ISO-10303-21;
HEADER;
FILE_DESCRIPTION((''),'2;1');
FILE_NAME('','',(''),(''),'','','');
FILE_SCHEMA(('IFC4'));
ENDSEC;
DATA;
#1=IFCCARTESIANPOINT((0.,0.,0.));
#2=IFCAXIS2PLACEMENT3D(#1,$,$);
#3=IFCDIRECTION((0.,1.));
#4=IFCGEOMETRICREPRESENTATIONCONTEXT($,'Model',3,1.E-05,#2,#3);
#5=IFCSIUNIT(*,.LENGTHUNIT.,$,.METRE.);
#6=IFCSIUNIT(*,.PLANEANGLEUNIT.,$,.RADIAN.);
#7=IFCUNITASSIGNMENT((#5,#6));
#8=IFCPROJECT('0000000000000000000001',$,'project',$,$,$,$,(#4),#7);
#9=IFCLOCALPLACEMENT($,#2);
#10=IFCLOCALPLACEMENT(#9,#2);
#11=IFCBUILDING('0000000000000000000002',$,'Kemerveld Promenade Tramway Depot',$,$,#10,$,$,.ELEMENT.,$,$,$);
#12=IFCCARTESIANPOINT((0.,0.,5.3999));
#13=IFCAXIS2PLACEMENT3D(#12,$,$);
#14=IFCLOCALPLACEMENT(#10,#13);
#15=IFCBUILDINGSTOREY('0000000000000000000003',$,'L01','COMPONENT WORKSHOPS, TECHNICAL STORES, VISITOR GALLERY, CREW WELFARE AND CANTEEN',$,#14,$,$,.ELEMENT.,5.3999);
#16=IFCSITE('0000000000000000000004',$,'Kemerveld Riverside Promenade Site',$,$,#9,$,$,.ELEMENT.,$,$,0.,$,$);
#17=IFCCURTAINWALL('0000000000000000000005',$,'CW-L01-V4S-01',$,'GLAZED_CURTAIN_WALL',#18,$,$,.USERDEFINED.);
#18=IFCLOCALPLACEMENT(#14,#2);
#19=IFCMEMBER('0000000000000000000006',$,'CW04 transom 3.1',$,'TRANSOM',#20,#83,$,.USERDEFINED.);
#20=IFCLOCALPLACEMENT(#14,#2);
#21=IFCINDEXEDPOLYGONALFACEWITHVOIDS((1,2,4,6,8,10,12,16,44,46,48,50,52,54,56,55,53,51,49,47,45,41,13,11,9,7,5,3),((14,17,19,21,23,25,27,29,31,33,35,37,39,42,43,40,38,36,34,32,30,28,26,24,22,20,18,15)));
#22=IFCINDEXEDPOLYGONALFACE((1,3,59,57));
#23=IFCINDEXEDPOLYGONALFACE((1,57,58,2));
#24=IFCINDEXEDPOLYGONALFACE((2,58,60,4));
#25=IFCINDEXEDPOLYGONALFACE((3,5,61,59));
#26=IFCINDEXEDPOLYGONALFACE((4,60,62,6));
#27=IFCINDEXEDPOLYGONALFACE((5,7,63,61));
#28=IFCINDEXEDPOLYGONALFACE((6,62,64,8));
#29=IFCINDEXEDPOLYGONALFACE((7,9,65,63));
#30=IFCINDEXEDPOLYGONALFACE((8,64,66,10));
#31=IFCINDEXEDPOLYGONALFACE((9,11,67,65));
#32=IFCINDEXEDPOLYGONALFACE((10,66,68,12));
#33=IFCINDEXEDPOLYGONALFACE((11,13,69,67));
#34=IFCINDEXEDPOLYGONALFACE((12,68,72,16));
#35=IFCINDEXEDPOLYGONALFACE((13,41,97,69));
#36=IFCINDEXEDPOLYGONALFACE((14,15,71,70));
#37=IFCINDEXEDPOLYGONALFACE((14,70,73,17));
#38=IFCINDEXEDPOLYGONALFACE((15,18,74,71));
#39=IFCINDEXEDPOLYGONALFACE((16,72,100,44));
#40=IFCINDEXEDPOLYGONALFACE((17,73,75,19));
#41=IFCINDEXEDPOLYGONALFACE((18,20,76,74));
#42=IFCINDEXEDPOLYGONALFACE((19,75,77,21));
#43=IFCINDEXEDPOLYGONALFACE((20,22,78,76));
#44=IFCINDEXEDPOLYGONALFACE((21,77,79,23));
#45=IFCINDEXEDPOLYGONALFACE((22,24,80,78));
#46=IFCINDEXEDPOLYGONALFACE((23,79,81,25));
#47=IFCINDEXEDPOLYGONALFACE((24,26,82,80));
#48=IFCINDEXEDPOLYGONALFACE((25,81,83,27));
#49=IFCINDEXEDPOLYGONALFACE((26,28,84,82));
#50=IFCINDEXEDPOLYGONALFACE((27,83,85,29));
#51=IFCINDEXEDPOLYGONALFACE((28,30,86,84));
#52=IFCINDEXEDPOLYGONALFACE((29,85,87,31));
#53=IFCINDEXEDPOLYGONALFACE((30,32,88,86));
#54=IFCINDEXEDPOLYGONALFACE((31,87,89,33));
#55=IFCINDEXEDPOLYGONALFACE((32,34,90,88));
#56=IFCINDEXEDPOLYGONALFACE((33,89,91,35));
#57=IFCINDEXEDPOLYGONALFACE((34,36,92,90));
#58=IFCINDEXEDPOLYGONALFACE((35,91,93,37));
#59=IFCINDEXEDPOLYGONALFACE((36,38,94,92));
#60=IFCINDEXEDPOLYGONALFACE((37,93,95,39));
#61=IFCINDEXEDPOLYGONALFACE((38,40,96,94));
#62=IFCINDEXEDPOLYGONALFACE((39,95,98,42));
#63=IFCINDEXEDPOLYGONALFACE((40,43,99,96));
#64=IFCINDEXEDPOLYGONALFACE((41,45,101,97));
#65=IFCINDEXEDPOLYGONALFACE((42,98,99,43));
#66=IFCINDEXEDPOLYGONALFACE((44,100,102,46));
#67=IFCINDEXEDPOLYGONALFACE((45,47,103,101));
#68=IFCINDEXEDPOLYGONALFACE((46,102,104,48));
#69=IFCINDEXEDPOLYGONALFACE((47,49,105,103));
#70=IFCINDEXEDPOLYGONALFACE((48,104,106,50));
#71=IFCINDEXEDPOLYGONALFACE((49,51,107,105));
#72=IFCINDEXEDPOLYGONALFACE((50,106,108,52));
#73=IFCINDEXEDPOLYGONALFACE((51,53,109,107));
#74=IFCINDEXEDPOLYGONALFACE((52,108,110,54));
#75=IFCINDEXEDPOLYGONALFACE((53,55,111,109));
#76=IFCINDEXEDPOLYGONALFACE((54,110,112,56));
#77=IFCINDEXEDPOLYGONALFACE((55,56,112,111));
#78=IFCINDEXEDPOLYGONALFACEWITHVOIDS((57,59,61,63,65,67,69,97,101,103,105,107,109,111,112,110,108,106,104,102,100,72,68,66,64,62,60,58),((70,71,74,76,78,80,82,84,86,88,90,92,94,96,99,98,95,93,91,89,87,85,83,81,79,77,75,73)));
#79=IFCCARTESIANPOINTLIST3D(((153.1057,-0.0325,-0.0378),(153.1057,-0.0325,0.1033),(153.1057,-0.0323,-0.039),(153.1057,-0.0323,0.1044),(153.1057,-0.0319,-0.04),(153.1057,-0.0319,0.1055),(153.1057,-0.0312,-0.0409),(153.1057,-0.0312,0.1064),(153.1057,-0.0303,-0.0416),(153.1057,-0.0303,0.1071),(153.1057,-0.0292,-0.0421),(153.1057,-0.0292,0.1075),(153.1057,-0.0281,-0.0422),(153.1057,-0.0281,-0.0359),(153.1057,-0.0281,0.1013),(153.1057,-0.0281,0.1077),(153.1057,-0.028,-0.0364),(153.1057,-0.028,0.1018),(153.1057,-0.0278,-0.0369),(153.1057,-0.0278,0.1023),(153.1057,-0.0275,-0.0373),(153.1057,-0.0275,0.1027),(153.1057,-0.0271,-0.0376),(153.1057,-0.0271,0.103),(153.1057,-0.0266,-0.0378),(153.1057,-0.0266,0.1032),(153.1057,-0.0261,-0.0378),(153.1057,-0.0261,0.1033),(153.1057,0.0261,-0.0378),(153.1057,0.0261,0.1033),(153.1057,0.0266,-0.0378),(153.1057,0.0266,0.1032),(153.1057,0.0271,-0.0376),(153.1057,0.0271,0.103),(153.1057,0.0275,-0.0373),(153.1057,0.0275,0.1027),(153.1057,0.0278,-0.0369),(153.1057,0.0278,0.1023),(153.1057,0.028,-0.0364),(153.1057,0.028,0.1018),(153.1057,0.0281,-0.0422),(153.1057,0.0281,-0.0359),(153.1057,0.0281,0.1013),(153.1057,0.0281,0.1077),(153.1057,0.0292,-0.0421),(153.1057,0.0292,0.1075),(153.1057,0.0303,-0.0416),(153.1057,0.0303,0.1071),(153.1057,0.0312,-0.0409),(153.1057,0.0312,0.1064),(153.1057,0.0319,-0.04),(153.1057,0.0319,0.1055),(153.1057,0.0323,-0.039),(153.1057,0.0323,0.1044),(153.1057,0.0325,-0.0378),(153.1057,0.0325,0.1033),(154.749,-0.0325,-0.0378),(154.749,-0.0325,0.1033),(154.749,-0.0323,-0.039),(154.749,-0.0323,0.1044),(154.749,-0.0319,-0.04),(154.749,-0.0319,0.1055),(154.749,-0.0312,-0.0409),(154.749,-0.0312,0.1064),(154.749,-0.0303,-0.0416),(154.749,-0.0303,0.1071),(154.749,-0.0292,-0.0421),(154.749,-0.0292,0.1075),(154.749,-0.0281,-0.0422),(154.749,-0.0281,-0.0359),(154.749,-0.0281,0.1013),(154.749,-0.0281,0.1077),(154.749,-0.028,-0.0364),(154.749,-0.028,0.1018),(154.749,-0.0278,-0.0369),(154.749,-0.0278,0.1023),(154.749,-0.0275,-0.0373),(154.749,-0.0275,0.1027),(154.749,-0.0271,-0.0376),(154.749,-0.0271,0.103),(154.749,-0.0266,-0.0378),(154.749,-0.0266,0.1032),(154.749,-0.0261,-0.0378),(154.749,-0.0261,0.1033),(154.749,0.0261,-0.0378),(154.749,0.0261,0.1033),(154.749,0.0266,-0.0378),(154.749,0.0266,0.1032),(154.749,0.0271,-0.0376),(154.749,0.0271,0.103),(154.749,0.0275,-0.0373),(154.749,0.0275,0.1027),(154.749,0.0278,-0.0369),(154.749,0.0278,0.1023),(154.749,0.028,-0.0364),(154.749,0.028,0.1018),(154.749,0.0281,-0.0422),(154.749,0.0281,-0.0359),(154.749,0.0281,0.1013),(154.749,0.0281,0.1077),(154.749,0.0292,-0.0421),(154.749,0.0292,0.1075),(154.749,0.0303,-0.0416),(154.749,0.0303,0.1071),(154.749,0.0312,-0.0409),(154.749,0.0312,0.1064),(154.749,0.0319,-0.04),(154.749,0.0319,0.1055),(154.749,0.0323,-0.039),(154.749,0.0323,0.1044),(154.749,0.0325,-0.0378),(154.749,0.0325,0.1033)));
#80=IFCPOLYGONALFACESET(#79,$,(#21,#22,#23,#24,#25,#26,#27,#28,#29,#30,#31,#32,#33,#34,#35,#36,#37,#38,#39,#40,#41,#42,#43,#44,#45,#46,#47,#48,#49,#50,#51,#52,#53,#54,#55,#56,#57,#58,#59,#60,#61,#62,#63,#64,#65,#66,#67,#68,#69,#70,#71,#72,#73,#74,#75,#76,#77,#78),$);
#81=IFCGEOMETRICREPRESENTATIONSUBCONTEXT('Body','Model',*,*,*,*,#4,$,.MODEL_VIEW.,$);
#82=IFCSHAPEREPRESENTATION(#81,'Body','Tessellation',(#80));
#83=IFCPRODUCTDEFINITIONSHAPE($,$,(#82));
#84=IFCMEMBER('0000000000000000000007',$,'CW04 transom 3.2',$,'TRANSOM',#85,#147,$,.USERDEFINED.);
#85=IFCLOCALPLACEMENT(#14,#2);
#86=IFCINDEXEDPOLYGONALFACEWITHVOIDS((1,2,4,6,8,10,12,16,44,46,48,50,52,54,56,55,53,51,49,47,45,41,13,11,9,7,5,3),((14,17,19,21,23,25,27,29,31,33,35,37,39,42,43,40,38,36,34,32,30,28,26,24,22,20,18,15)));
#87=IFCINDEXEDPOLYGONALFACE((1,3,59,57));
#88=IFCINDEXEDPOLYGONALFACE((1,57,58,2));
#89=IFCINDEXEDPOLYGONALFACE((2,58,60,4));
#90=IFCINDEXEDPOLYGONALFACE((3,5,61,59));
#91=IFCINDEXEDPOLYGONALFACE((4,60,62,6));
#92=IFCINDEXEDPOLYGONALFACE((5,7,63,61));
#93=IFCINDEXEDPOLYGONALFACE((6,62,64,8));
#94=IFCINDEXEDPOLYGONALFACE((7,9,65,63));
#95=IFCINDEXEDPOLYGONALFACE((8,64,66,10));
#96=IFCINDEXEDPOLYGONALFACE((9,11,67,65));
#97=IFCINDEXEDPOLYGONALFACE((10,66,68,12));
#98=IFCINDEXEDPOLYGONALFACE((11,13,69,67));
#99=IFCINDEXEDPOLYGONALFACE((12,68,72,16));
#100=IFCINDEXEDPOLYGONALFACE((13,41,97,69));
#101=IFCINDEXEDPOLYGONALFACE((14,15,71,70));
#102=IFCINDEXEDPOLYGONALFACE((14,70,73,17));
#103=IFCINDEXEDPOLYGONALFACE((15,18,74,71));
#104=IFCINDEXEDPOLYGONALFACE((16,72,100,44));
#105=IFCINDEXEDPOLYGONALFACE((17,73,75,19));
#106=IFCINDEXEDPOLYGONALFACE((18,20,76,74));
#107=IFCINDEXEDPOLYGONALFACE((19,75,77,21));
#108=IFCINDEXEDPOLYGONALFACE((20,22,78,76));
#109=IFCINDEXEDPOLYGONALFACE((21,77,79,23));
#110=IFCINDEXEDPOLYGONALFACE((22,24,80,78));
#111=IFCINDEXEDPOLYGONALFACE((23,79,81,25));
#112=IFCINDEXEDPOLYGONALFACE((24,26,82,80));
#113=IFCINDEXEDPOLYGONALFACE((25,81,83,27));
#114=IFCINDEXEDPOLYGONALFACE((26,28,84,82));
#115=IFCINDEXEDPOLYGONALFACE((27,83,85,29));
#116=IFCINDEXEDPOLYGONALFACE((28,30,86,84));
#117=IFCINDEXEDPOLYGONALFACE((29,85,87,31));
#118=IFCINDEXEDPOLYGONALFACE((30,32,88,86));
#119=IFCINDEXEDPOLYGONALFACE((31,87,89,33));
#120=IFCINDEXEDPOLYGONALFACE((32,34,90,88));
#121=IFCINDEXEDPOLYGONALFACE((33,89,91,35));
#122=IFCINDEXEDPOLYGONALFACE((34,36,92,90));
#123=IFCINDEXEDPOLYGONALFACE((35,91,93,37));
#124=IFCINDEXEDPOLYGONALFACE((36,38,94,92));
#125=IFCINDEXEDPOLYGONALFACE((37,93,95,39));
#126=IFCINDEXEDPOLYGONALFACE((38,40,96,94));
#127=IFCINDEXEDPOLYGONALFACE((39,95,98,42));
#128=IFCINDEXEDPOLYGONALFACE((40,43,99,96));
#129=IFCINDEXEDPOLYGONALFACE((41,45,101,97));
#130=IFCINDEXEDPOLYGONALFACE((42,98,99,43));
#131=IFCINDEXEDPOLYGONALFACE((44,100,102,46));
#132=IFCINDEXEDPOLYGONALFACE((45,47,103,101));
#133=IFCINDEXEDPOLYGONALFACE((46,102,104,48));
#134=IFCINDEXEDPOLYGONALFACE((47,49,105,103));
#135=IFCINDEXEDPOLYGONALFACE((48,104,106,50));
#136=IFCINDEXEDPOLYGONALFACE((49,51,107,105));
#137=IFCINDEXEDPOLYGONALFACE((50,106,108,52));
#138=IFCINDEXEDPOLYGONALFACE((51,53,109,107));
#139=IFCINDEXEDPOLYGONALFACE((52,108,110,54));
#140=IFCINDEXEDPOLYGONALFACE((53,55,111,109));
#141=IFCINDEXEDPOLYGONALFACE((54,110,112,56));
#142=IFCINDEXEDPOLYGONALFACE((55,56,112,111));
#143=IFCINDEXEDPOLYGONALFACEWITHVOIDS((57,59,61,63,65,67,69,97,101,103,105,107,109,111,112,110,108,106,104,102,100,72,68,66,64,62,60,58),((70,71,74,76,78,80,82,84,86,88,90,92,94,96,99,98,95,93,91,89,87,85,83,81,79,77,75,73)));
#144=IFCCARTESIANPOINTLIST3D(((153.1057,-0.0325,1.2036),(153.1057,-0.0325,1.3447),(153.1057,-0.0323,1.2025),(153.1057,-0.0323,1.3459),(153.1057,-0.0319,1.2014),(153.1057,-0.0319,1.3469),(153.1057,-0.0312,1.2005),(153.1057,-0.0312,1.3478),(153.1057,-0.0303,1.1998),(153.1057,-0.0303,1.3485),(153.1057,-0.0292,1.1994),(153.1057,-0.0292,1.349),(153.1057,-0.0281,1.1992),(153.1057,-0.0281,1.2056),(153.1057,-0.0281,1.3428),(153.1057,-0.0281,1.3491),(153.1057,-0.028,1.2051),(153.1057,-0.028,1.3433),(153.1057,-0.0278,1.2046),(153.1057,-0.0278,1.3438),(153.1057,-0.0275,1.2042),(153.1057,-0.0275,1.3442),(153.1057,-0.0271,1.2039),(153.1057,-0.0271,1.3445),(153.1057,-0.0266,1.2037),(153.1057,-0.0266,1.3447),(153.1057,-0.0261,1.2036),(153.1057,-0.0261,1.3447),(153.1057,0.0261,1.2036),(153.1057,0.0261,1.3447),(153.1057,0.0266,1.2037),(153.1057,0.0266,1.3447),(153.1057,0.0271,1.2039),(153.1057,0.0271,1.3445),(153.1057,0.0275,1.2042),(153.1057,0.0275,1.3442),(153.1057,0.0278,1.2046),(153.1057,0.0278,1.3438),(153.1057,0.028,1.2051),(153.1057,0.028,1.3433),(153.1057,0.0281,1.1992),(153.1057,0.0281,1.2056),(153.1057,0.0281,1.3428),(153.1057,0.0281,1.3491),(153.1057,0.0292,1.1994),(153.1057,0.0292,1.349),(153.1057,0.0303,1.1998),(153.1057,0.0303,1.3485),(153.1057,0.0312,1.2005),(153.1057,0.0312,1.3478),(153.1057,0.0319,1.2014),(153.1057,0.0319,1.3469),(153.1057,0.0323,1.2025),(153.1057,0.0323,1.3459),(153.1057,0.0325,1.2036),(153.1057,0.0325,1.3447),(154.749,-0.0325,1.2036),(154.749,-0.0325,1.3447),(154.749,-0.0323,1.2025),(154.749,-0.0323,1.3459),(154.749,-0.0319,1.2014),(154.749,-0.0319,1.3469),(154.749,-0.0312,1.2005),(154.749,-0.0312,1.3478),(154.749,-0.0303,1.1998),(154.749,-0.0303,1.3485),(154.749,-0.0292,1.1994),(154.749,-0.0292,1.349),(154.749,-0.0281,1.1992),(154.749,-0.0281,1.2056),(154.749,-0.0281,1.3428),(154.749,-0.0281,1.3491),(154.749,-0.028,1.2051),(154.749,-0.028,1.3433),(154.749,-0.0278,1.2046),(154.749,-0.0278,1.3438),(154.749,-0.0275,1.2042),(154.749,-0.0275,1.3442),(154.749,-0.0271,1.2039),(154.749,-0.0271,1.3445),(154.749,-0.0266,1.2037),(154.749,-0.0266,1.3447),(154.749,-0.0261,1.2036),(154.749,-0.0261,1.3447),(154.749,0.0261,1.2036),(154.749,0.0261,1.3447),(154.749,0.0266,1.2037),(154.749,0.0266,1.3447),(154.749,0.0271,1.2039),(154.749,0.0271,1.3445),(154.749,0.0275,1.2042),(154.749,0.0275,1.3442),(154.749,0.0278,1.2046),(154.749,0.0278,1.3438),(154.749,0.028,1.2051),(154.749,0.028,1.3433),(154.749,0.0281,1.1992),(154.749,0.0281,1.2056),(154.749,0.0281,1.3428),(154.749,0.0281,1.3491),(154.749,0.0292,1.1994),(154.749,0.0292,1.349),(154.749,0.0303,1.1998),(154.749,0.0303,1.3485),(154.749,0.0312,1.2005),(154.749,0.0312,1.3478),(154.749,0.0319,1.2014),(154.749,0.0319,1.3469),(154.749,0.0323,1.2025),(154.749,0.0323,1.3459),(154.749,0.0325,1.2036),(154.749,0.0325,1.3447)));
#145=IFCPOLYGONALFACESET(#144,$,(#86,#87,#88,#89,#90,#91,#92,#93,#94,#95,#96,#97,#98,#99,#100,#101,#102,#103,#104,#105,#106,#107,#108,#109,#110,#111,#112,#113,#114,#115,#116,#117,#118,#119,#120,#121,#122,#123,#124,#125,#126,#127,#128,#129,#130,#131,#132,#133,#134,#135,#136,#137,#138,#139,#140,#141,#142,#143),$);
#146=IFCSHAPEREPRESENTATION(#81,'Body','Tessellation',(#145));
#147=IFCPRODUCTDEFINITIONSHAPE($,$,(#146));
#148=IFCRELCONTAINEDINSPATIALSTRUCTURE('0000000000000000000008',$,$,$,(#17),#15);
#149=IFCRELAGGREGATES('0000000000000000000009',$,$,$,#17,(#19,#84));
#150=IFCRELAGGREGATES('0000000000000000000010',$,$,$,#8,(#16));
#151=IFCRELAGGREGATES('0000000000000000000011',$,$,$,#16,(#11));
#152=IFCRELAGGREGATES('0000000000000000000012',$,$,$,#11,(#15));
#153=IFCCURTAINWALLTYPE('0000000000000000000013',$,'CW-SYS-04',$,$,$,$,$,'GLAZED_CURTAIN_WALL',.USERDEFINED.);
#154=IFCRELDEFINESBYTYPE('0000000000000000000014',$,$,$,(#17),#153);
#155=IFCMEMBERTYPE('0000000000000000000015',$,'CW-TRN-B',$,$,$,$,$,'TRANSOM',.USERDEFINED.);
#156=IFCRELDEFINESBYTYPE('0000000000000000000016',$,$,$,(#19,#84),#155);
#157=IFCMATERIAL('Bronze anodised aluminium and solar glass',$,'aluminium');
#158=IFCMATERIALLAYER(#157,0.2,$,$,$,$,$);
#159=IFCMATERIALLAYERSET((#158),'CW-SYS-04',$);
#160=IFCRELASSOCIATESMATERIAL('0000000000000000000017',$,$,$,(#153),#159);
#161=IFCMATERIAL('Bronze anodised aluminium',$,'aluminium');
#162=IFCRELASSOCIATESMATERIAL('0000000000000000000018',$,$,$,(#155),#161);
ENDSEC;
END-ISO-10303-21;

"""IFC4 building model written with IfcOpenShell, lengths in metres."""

from ifc_helpers import new_model, si_unit, direction, frame, origin, origin_2d, place, context, subcontext, project, spatial, hollow_rectangle, extrude, material, layer, layer_set, material_profile, profile_set, type_object, element, aggregate, save


model = new_model("IFC4")

# Units and contexts
model_context = context("Model", 3, precision=1e-05, world=origin(), true_north=direction((0.0, 1.0)))
body_context = subcontext(model_context, "Body", "Model", "MODEL_VIEW")
ifc_project = project(units=[si_unit("LENGTHUNIT", "METRE"), si_unit("PLANEANGLEUNIT", "RADIAN")], contexts=[model_context])

# Site, building, storey
site_placement = place(None, origin())
site = spatial("IfcSite", under=ifc_project, at=site_placement, Name="Kemerveld Riverside Promenade Site", CompositionType="ELEMENT", RefElevation=0.0)
building_placement = place(site_placement, origin())
building = spatial("IfcBuilding", under=site, at=building_placement, Name="Kemerveld Promenade Tramway Depot", CompositionType="ELEMENT")
storey_placement = place(building_placement, frame((0.0, 0.0, 5.3999)))
storey = spatial("IfcBuildingStorey", under=building, at=storey_placement, Name="L01", Description="COMPONENT WORKSHOPS, TECHNICAL STORES, VISITOR GALLERY, CREW WELFARE AND CANTEEN", CompositionType="ELEMENT", Elevation=5.3999)

# Curtain wall, members
ifc_material_1 = material(Name="Bronze anodised aluminium and solar glass", Category="aluminium")
ifc_layer_1 = layer(ifc_material_1, 0.2)
ifc_layer_set_1 = layer_set([ifc_layer_1], Name="CW-SYS-04")
curtain_wall_type = type_object("IfcCurtainWallType", Name="CW-SYS-04", ElementType="GLAZED_CURTAIN_WALL", PredefinedType="USERDEFINED", material=ifc_layer_set_1)
curtain_wall_placement = place(storey_placement, origin())
curtain_wall = element("IfcCurtainWall", 1, at=curtain_wall_placement, inside=storey, type_object=curtain_wall_type, Name="CW-L01-V4S-01", ObjectType="GLAZED_CURTAIN_WALL", PredefinedType="USERDEFINED")
ifc_material_2 = material(Name="Bronze anodised aluminium", Category="aluminium")
ifc_material_profile_1 = material_profile(ifc_material_2, hollow_rectangle(XDim=0.0649, YDim=0.1499, WallThickness=0.0044, InnerFilletRadius=0.002, OuterFilletRadius=0.0044, at=origin_2d()), Name="CW-TRN-150x65")
ifc_profile_set_1 = profile_set([ifc_material_profile_1], Name="Bronze anodised aluminium")
member_type_1 = type_object("IfcMemberType", Name="CW-TRN-B", ElementType="TRANSOM", PredefinedType="USERDEFINED", material=ifc_profile_set_1)
member_1_placement = place(storey_placement, frame((154.749, 0.0, 0.0327), z_axis=(-1.0, 0.0, 0.0), x_axis=(0.0, -1.0, 0.0)))
member_1 = element("IfcMember", 2, at=member_1_placement, type_object=member_type_1, Name="CW04 transom 3.1", ObjectType="TRANSOM", PredefinedType="USERDEFINED", context=body_context, shape_type="SweptSolid", body=[
    extrude(hollow_rectangle(XDim=0.0649, YDim=0.1499, WallThickness=0.0044, InnerFilletRadius=0.002, OuterFilletRadius=0.0044, at=origin_2d()), origin(), (0.0, 0.0, 1.0), 1.6433),
])
member_2_placement = place(storey_placement, frame((154.749, 0.0, 1.2742), z_axis=(-1.0, 0.0, 0.0), x_axis=(0.0, -1.0, 0.0)))
member_2 = element("IfcMember", 3, at=member_2_placement, type_object=member_type_1, Name="CW04 transom 3.2", ObjectType="TRANSOM", PredefinedType="USERDEFINED", context=body_context, shape_type="SweptSolid", body=[
    extrude(hollow_rectangle(XDim=0.0649, YDim=0.1499, WallThickness=0.0044, InnerFilletRadius=0.002, OuterFilletRadius=0.0044, at=origin_2d()), origin(), (0.0, 0.0, 1.0), 1.6433),
])
aggregate(curtain_wall, [member_1, member_2])

save(model, "model.ifc")
